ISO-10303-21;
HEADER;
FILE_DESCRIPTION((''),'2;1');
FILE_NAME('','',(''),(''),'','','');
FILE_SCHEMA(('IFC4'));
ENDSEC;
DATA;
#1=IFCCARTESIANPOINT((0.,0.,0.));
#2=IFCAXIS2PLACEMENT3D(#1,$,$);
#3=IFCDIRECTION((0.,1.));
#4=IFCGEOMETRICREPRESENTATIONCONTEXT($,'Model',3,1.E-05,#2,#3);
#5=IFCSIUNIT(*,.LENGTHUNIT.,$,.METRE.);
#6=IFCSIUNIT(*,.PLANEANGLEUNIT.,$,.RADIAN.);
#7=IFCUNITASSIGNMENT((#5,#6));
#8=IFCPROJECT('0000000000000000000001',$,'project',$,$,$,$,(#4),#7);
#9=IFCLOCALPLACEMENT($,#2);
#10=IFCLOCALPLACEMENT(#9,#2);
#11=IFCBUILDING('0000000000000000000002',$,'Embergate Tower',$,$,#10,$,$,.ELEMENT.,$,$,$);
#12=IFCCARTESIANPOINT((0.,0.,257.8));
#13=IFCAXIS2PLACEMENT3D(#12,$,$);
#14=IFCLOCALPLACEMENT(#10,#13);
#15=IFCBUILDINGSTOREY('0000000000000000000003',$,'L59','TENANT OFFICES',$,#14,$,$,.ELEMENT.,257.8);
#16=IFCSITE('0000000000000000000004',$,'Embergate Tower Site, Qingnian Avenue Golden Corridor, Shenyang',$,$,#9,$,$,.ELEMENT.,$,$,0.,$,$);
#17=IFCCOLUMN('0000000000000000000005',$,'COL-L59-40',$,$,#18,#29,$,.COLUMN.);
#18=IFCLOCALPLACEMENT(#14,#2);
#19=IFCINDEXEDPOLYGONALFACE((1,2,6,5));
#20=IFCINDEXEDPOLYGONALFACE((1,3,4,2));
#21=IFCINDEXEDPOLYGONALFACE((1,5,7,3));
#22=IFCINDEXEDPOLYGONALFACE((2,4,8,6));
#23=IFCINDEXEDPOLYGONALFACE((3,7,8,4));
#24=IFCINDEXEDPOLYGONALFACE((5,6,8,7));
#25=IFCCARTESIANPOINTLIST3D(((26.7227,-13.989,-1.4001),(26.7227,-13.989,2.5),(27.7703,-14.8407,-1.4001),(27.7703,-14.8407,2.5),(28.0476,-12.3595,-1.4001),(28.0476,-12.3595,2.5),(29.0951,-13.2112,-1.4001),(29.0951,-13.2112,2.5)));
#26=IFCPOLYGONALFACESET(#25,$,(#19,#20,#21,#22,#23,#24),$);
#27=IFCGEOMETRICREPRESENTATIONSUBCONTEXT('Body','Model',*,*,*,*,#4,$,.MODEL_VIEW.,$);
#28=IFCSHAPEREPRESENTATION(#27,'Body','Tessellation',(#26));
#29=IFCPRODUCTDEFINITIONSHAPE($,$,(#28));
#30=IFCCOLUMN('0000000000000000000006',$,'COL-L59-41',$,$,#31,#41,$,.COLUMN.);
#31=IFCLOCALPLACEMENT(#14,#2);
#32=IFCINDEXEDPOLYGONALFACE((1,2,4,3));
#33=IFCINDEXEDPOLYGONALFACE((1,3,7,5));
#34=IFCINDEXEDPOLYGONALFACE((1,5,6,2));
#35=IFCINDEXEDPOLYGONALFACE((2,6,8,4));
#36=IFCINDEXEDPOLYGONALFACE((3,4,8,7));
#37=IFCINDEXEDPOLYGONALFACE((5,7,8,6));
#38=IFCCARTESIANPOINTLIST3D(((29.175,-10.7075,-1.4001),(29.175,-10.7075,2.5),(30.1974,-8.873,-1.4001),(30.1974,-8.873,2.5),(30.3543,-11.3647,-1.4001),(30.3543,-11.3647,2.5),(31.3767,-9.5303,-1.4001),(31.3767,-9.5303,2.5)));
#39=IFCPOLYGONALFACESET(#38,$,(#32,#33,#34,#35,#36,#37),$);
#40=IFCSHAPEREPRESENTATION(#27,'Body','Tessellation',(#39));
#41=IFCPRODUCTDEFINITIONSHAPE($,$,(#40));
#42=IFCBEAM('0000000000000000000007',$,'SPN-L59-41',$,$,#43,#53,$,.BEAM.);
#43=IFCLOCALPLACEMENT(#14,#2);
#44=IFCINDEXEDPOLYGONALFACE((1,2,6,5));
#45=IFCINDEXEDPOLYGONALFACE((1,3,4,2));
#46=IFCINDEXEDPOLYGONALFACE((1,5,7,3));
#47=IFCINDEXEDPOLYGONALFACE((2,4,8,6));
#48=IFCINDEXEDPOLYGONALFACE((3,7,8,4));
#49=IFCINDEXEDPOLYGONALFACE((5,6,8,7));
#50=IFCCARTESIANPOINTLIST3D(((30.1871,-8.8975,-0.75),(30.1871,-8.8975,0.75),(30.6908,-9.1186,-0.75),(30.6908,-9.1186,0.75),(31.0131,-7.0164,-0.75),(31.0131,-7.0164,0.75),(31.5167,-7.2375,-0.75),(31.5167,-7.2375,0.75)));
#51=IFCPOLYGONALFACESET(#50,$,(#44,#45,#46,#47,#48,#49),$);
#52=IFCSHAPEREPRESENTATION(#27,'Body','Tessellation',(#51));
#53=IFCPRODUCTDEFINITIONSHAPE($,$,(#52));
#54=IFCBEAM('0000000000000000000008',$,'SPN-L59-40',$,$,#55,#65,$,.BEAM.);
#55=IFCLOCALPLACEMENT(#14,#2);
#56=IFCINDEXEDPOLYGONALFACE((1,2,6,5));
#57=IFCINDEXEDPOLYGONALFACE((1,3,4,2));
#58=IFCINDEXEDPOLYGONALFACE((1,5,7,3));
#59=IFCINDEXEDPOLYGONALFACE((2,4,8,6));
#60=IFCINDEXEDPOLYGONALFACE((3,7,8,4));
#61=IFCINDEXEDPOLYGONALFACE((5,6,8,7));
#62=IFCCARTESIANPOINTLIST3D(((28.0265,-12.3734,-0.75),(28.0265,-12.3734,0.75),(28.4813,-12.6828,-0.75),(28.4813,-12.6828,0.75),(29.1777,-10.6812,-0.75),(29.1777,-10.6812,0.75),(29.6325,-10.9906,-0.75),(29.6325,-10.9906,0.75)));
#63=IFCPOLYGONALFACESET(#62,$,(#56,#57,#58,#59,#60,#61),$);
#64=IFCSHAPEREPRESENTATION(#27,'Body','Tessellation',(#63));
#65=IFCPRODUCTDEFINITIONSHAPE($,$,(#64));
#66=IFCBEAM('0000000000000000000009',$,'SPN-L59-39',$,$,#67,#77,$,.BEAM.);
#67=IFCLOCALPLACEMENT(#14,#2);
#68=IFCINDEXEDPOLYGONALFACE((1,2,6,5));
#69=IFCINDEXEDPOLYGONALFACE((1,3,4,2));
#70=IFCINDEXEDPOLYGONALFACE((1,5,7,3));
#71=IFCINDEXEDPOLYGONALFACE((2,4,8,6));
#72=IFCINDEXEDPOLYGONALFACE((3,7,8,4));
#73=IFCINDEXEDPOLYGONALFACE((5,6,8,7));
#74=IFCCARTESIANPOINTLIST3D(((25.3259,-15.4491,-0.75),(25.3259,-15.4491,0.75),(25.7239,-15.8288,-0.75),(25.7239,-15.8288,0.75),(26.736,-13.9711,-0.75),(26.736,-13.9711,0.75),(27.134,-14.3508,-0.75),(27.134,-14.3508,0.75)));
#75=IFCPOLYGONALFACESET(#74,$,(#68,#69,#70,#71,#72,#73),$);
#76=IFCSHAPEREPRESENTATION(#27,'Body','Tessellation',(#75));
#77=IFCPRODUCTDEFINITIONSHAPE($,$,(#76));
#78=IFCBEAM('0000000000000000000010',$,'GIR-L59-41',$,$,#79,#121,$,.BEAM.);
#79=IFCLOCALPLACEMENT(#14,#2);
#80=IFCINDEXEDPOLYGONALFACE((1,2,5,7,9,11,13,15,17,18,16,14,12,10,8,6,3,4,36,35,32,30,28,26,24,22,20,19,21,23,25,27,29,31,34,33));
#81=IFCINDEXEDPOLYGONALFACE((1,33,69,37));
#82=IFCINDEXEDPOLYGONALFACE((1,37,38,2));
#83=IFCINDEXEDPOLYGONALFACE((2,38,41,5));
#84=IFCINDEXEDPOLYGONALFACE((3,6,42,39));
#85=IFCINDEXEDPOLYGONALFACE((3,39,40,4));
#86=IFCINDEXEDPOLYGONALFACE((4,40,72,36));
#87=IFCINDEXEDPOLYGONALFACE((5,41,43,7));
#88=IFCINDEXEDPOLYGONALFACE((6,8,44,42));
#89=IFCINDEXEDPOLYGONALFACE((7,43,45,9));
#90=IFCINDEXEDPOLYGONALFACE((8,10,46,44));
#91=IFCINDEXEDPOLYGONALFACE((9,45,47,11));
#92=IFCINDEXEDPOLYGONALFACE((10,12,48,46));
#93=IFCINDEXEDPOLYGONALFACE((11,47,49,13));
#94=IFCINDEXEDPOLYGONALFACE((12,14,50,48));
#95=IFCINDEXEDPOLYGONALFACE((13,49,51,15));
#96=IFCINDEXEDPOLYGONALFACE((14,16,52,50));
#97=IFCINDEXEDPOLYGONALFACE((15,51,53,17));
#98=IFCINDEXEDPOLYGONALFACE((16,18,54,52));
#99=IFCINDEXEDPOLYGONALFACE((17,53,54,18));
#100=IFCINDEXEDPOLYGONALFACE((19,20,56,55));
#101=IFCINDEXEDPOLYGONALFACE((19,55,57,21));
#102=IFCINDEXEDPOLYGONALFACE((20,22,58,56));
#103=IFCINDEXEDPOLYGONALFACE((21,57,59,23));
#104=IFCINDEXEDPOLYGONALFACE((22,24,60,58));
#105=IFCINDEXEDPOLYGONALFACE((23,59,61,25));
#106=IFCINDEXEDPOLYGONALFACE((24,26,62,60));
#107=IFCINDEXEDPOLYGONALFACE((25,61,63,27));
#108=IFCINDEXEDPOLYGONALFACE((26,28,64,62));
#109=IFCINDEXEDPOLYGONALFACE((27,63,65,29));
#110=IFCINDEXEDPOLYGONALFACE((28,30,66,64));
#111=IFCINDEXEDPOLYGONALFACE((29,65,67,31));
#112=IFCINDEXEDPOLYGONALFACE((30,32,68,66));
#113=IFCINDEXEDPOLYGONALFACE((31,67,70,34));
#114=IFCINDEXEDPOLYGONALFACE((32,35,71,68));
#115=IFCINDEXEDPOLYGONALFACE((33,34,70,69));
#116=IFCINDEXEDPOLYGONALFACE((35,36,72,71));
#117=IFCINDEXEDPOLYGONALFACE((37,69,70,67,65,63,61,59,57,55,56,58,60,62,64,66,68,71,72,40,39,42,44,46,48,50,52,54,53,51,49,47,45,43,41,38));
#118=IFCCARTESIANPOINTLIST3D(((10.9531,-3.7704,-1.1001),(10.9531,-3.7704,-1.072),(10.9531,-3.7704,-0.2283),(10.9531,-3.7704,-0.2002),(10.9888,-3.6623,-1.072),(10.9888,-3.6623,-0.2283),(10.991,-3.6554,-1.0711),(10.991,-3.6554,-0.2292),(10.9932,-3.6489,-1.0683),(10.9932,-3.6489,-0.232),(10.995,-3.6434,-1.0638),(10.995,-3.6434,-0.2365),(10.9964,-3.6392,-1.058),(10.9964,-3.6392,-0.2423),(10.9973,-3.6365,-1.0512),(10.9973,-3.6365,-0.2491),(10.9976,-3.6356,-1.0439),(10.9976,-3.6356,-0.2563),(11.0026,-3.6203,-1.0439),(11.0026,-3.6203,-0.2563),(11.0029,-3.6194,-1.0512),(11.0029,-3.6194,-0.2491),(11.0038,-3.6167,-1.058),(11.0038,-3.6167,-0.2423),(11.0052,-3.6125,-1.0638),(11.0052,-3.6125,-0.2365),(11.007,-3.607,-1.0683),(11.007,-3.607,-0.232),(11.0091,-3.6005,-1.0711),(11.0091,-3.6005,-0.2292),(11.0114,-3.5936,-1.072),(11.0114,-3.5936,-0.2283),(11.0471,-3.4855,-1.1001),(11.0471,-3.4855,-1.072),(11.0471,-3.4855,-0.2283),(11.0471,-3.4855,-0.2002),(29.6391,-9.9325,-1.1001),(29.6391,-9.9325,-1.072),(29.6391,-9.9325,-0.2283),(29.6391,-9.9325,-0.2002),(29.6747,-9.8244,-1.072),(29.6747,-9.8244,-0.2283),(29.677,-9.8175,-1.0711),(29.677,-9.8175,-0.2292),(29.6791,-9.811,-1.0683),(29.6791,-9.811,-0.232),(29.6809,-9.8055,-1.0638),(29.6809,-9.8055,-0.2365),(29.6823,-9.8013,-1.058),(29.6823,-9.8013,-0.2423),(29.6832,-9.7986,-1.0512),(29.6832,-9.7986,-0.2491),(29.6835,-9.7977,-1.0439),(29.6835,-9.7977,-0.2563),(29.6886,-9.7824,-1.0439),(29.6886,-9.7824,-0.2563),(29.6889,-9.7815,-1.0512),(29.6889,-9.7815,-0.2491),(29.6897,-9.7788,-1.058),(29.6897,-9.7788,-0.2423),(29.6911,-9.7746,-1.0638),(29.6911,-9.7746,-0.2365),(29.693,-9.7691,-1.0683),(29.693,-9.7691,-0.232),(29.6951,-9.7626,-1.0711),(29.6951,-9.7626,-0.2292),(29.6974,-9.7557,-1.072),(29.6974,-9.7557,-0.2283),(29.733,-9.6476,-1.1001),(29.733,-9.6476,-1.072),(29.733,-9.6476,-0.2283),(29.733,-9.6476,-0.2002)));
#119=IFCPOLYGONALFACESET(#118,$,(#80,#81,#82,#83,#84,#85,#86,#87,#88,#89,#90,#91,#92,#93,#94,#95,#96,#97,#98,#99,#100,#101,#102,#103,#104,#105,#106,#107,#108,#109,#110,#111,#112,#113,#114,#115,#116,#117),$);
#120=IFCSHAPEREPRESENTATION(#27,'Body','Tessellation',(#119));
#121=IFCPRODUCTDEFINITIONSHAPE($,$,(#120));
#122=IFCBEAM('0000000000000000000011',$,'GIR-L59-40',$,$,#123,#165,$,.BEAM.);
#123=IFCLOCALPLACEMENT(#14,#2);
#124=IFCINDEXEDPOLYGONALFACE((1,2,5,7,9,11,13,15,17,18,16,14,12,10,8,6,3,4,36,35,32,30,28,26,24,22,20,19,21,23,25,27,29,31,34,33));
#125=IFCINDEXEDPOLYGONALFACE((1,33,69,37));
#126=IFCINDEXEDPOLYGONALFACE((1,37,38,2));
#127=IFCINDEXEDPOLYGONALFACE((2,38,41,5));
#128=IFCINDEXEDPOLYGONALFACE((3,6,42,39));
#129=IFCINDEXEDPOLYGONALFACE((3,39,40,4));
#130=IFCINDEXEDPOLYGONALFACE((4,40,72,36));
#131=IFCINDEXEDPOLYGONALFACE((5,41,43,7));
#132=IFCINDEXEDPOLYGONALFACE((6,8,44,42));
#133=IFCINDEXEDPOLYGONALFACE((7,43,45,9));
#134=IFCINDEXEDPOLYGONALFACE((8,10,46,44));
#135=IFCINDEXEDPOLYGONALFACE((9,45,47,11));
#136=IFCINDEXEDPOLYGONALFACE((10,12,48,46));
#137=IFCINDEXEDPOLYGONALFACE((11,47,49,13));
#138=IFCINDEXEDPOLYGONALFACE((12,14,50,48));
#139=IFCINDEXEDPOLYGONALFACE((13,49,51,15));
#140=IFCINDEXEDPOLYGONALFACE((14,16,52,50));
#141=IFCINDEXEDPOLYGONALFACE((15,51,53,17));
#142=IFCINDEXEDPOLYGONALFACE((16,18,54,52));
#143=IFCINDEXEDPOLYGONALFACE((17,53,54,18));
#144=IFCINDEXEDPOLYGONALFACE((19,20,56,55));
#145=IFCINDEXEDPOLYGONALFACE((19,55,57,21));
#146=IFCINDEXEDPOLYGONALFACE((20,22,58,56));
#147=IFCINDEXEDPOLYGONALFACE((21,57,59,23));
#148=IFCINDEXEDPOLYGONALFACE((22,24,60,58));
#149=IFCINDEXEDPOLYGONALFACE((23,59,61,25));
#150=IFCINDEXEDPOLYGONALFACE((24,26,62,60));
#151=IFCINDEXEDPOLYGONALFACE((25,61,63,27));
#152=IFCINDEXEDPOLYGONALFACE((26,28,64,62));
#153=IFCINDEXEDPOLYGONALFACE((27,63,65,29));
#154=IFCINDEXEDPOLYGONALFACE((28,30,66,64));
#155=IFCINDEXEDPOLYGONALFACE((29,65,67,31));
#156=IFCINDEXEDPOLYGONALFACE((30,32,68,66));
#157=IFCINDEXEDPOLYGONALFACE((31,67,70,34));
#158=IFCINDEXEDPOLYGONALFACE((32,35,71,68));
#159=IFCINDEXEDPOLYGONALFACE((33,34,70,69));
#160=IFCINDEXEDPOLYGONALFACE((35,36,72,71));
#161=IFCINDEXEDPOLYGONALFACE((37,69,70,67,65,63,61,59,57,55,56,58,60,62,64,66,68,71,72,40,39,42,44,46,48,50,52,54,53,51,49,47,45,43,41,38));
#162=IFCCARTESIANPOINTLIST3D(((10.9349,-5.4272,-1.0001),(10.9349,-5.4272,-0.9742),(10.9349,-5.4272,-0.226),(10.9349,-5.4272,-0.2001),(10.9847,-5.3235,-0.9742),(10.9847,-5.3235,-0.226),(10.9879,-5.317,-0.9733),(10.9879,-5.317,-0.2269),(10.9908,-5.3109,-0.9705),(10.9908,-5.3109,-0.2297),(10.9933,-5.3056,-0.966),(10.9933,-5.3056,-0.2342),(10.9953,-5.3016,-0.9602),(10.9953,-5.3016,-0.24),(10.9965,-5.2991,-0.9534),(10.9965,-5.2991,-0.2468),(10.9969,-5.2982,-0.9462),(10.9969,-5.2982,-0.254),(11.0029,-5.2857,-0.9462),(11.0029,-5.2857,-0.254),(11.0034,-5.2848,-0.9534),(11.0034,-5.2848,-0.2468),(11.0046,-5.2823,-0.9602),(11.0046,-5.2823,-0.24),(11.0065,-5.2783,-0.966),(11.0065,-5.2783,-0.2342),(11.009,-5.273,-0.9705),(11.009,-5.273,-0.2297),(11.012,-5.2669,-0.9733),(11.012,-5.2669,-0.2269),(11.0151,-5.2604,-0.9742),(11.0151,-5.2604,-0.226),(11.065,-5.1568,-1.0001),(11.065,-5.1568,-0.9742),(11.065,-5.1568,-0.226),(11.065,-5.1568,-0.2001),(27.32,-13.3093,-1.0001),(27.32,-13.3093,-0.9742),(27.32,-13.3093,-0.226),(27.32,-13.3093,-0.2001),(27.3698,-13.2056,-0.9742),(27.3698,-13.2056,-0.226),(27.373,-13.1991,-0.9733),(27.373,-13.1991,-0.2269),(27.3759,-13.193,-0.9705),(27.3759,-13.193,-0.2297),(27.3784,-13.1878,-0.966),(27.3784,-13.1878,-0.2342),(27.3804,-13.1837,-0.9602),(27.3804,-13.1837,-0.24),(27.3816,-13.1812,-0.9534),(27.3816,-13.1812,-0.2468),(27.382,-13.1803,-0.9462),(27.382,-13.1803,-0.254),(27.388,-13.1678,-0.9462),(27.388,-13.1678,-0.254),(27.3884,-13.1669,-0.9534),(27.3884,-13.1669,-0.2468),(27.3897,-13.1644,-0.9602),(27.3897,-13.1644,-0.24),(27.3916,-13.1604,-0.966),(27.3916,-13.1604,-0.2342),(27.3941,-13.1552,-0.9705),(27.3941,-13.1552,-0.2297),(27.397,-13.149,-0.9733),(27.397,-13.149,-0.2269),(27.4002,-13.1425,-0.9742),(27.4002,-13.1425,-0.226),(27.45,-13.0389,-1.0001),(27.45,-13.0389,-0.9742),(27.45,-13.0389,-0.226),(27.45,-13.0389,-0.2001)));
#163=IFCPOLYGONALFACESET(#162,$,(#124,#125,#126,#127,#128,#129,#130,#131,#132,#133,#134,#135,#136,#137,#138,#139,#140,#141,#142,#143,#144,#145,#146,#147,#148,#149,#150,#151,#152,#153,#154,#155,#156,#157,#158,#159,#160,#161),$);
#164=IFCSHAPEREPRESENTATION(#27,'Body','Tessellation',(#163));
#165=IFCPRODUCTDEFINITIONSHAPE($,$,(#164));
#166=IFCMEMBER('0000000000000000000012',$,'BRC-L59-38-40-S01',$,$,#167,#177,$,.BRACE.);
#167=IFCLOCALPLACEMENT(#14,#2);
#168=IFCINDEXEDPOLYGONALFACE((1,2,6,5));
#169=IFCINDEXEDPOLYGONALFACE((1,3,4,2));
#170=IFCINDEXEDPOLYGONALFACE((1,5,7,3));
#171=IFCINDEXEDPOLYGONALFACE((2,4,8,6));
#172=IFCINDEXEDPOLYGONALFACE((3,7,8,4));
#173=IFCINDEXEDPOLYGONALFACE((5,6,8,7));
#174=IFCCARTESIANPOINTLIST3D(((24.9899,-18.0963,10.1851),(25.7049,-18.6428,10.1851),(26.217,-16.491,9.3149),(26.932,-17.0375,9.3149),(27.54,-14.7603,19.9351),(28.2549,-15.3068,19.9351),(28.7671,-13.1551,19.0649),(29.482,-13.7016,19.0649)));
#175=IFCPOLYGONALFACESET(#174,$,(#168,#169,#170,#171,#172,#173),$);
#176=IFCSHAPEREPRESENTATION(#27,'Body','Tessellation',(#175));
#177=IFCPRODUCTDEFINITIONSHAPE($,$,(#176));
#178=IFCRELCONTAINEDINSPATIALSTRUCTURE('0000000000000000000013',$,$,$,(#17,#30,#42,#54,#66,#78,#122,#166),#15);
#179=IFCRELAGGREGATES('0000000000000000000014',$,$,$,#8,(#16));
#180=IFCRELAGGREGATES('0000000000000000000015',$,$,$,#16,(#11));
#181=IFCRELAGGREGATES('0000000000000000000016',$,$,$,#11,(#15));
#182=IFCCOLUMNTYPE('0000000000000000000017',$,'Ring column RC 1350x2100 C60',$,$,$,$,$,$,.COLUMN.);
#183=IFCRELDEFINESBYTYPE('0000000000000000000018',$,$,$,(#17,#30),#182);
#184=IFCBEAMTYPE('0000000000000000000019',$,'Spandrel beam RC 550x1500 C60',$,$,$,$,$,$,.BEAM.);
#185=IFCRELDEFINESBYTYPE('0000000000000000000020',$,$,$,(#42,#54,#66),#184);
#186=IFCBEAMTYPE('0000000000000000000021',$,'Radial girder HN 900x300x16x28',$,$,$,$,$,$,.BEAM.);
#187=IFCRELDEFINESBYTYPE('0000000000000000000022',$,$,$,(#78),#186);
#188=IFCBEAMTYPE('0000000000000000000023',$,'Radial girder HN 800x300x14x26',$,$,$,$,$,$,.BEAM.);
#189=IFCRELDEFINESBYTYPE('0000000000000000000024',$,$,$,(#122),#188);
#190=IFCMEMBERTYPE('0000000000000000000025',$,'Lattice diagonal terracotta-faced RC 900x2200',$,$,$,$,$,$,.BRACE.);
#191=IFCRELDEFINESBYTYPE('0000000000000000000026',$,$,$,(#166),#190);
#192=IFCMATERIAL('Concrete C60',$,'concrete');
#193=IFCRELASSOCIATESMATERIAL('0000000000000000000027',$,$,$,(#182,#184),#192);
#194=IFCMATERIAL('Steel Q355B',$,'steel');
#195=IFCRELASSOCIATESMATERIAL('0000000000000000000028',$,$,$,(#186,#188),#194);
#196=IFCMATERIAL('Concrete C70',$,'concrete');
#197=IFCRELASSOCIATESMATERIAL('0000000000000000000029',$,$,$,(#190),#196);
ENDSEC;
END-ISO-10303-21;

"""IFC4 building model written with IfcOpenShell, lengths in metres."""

from ifc_helpers import new_model, si_unit, direction, frame, origin, origin_2d, place, context, subcontext, project, spatial, rectangle, i_section, extrude, source, transform, mapped, material, material_profile, profile_set, type_object, element, save


model = new_model("IFC4")

# Units and contexts
model_context = context("Model", 3, precision=1e-05, world=origin(), true_north=direction((0.0, 1.0)))
body_context = subcontext(model_context, "Body", "Model", "MODEL_VIEW")
ifc_project = project(units=[si_unit("LENGTHUNIT", "METRE"), si_unit("PLANEANGLEUNIT", "RADIAN")], contexts=[model_context])

# Site, building, storey
site_placement = place(None, origin())
site = spatial("IfcSite", under=ifc_project, at=site_placement, Name="Embergate Tower Site, Qingnian Avenue Golden Corridor, Shenyang", CompositionType="ELEMENT", RefElevation=0.0)
building_placement = place(site_placement, origin())
building = spatial("IfcBuilding", under=site, at=building_placement, Name="Embergate Tower", CompositionType="ELEMENT")
storey_placement = place(building_placement, frame((0.0, 0.0, 257.8)))
storey = spatial("IfcBuildingStorey", under=building, at=storey_placement, Name="L59", Description="TENANT OFFICES", CompositionType="ELEMENT", Elevation=257.8)

# Columns
ifc_material_1 = material(Name="Concrete C60", Category="concrete")
ifc_material_profile_1 = material_profile(ifc_material_1, rectangle(XDim=1.3501, YDim=2.1001, at=origin_2d()), Name="RC 1350x2100")
ifc_profile_set_1 = profile_set([ifc_material_profile_1], Name="Concrete C60")
column_type = type_object("IfcColumnType", Name="Ring column RC 1350x2100 C60", PredefinedType="COLUMN", material=ifc_profile_set_1)
shared_shape_1 = source(origin(), body_context, "Body", "SweptSolid", [
    extrude(rectangle(XDim=1.3501, YDim=2.1001, at=origin_2d()), origin(), (0.0, 0.0, 1.0), 3.9001),
])
for number, where, z_axis, x_axis, name in (
    (1, (27.9089, -13.6001, -1.4001), (0.0, 0.0, 1.0), (0.775914, -0.630838, 0.0), "COL-L59-40"),
    (2, (30.2759, -10.1189, -1.4001), (0.0, 0.0, 1.0), (0.873492, -0.486839, 0.0), "COL-L59-41"),
):
    element("IfcColumn", number, at=place(storey_placement, frame(where, z_axis=z_axis, x_axis=x_axis)), inside=storey, type_object=column_type, Name=name, PredefinedType="COLUMN", context=body_context, shape_type="MappedRepresentation", body=[
        mapped(shared_shape_1, transform((0.0, 0.0, 0.0))),
    ])

# Beams
ifc_material_profile_2 = material_profile(ifc_material_1, rectangle(XDim=0.55, YDim=1.5, at=origin_2d()), Name="RC 550x1500")
ifc_profile_set_2 = profile_set([ifc_material_profile_2], Name="Concrete C60")
beam_type_1 = type_object("IfcBeamType", Name="Spandrel beam RC 550x1500 C60", PredefinedType="BEAM", material=ifc_profile_set_2)
shared_shape_2 = source(origin(), body_context, "Body", "SweptSolid", [
    extrude(rectangle(XDim=0.55, YDim=1.5, at=origin_2d()), origin(), (0.0, 0.0, 1.0), 2.0544),
])
beam_1_placement = place(storey_placement, frame((30.439, -9.0081, 0.0), z_axis=(0.402022, 0.91563, 0.0), x_axis=(-0.91563, 0.402022, 0.0)))
element("IfcBeam", 3, at=beam_1_placement, inside=storey, type_object=beam_type_1, Name="SPN-L59-41", PredefinedType="BEAM", context=body_context, shape_type="MappedRepresentation", body=[
    mapped(shared_shape_2, transform((0.0, 0.0, 0.0))),
])
shared_shape_3 = source(origin(), body_context, "Body", "SweptSolid", [
    extrude(rectangle(XDim=0.55, YDim=1.5, at=origin_2d()), origin(), (0.0, 0.0, 1.0), 2.0466),
])
beam_2_placement = place(storey_placement, frame((28.2539, -12.5281, 0.0), z_axis=(0.562467, 0.82682, 0.0), x_axis=(-0.82682, 0.562467, 0.0)))
element("IfcBeam", 4, at=beam_2_placement, inside=storey, type_object=beam_type_1, Name="SPN-L59-40", PredefinedType="BEAM", context=body_context, shape_type="MappedRepresentation", body=[
    mapped(shared_shape_3, transform((0.0, 0.0, 0.0))),
])
shared_shape_4 = source(origin(), body_context, "Body", "SweptSolid", [
    extrude(rectangle(XDim=0.55, YDim=1.5, at=origin_2d()), origin(), (0.0, 0.0, 1.0), 2.0427),
])
beam_3_placement = place(storey_placement, frame((25.5249, -15.6389, 0.0), z_axis=(0.690299, 0.723524, 0.0), x_axis=(-0.723524, 0.690299, 0.0)))
element("IfcBeam", 5, at=beam_3_placement, inside=storey, type_object=beam_type_1, Name="SPN-L59-39", PredefinedType="BEAM", context=body_context, shape_type="MappedRepresentation", body=[
    mapped(shared_shape_4, transform((0.0, 0.0, 0.0))),
])
ifc_material_2 = material(Name="Steel Q355B", Category="steel")
ifc_material_profile_3 = material_profile(ifc_material_2, i_section(OverallWidth=0.3, OverallDepth=0.8999, WebThickness=0.0161, FlangeThickness=0.0281, FilletRadius=0.0281, at=origin_2d()), Name="HN 900x300x16x28")
ifc_profile_set_3 = profile_set([ifc_material_profile_3], Name="Steel Q355 grade B")
beam_type_2 = type_object("IfcBeamType", Name="Radial girder HN 900x300x16x28", PredefinedType="BEAM", material=ifc_profile_set_3)
shared_shape_5 = source(origin(), body_context, "Body", "SweptSolid", [
    extrude(i_section(OverallWidth=0.3, OverallDepth=0.8999, WebThickness=0.0161, FlangeThickness=0.0281, FilletRadius=0.0281, at=origin_2d()), origin(), (0.0, 0.0, 1.0), 19.6758),
])
beam_4_placement = place(storey_placement, frame((29.686, -9.79, -0.6501), z_axis=(-0.949693, 0.313181, 0.0), x_axis=(-0.313181, -0.949693, 0.0)))
element("IfcBeam", 6, at=beam_4_placement, inside=storey, type_object=beam_type_2, Name="GIR-L59-41", PredefinedType="BEAM", context=body_context, shape_type="MappedRepresentation", body=[
    mapped(shared_shape_5, transform((0.0, 0.0, 0.0))),
])
ifc_material_profile_4 = material_profile(ifc_material_2, i_section(OverallWidth=0.3, OverallDepth=0.8, WebThickness=0.0139, FlangeThickness=0.0259, FilletRadius=0.0281, at=origin_2d()), Name="HN 800x300x14x26")
ifc_profile_set_4 = profile_set([ifc_material_profile_4], Name="Steel Q355 grade B")
beam_type_3 = type_object("IfcBeamType", Name="Radial girder HN 800x300x14x26", PredefinedType="BEAM", material=ifc_profile_set_4)
shared_shape_6 = source(origin(), body_context, "Body", "SweptSolid", [
    extrude(i_section(OverallWidth=0.3, OverallDepth=0.8, WebThickness=0.0139, FlangeThickness=0.0259, FilletRadius=0.0281, at=origin_2d()), origin(), (0.0, 0.0, 1.0), 18.1824),
])
beam_5_placement = place(storey_placement, frame((27.385, -13.1741, -0.6001), z_axis=(-0.901152, 0.433503, 0.0), x_axis=(-0.433503, -0.901152, 0.0)))
element("IfcBeam", 7, at=beam_5_placement, inside=storey, type_object=beam_type_3, Name="GIR-L59-40", PredefinedType="BEAM", context=body_context, shape_type="MappedRepresentation", body=[
    mapped(shared_shape_6, transform((0.0, 0.0, 0.0))),
])

# Member
ifc_material_3 = material(Name="Concrete C70", Category="concrete")
ifc_material_profile_5 = material_profile(ifc_material_3, rectangle(XDim=0.8999, YDim=2.2, at=origin_2d()), Name="RC 900x2200")
ifc_profile_set_5 = profile_set([ifc_material_profile_5], Name="Concrete C70")
member_type_1 = type_object("IfcMemberType", Name="Lattice diagonal terracotta-faced RC 900x2200", PredefinedType="BRACE", material=ifc_profile_set_5)
shared_shape_7 = source(origin(), body_context, "Body", "SweptSolid", [
    extrude(rectangle(XDim=0.8999, YDim=2.2, at=origin_2d()), origin(), (0.0, 0.0, 1.0), 10.6157),
])
member_1_placement = place(storey_placement, frame((25.9609, -17.5669, 9.75), z_axis=(0.240214, 0.314245, 0.918448), x_axis=(-0.794468, 0.607306, 0.0)))
element("IfcMember", 8, at=member_1_placement, inside=storey, type_object=member_type_1, Name="BRC-L59-38-40-S01", PredefinedType="BRACE", context=body_context, shape_type="MappedRepresentation", body=[
    mapped(shared_shape_7, transform((0.0, 0.0, 0.0))),
])

save(model, "model.ifc")
